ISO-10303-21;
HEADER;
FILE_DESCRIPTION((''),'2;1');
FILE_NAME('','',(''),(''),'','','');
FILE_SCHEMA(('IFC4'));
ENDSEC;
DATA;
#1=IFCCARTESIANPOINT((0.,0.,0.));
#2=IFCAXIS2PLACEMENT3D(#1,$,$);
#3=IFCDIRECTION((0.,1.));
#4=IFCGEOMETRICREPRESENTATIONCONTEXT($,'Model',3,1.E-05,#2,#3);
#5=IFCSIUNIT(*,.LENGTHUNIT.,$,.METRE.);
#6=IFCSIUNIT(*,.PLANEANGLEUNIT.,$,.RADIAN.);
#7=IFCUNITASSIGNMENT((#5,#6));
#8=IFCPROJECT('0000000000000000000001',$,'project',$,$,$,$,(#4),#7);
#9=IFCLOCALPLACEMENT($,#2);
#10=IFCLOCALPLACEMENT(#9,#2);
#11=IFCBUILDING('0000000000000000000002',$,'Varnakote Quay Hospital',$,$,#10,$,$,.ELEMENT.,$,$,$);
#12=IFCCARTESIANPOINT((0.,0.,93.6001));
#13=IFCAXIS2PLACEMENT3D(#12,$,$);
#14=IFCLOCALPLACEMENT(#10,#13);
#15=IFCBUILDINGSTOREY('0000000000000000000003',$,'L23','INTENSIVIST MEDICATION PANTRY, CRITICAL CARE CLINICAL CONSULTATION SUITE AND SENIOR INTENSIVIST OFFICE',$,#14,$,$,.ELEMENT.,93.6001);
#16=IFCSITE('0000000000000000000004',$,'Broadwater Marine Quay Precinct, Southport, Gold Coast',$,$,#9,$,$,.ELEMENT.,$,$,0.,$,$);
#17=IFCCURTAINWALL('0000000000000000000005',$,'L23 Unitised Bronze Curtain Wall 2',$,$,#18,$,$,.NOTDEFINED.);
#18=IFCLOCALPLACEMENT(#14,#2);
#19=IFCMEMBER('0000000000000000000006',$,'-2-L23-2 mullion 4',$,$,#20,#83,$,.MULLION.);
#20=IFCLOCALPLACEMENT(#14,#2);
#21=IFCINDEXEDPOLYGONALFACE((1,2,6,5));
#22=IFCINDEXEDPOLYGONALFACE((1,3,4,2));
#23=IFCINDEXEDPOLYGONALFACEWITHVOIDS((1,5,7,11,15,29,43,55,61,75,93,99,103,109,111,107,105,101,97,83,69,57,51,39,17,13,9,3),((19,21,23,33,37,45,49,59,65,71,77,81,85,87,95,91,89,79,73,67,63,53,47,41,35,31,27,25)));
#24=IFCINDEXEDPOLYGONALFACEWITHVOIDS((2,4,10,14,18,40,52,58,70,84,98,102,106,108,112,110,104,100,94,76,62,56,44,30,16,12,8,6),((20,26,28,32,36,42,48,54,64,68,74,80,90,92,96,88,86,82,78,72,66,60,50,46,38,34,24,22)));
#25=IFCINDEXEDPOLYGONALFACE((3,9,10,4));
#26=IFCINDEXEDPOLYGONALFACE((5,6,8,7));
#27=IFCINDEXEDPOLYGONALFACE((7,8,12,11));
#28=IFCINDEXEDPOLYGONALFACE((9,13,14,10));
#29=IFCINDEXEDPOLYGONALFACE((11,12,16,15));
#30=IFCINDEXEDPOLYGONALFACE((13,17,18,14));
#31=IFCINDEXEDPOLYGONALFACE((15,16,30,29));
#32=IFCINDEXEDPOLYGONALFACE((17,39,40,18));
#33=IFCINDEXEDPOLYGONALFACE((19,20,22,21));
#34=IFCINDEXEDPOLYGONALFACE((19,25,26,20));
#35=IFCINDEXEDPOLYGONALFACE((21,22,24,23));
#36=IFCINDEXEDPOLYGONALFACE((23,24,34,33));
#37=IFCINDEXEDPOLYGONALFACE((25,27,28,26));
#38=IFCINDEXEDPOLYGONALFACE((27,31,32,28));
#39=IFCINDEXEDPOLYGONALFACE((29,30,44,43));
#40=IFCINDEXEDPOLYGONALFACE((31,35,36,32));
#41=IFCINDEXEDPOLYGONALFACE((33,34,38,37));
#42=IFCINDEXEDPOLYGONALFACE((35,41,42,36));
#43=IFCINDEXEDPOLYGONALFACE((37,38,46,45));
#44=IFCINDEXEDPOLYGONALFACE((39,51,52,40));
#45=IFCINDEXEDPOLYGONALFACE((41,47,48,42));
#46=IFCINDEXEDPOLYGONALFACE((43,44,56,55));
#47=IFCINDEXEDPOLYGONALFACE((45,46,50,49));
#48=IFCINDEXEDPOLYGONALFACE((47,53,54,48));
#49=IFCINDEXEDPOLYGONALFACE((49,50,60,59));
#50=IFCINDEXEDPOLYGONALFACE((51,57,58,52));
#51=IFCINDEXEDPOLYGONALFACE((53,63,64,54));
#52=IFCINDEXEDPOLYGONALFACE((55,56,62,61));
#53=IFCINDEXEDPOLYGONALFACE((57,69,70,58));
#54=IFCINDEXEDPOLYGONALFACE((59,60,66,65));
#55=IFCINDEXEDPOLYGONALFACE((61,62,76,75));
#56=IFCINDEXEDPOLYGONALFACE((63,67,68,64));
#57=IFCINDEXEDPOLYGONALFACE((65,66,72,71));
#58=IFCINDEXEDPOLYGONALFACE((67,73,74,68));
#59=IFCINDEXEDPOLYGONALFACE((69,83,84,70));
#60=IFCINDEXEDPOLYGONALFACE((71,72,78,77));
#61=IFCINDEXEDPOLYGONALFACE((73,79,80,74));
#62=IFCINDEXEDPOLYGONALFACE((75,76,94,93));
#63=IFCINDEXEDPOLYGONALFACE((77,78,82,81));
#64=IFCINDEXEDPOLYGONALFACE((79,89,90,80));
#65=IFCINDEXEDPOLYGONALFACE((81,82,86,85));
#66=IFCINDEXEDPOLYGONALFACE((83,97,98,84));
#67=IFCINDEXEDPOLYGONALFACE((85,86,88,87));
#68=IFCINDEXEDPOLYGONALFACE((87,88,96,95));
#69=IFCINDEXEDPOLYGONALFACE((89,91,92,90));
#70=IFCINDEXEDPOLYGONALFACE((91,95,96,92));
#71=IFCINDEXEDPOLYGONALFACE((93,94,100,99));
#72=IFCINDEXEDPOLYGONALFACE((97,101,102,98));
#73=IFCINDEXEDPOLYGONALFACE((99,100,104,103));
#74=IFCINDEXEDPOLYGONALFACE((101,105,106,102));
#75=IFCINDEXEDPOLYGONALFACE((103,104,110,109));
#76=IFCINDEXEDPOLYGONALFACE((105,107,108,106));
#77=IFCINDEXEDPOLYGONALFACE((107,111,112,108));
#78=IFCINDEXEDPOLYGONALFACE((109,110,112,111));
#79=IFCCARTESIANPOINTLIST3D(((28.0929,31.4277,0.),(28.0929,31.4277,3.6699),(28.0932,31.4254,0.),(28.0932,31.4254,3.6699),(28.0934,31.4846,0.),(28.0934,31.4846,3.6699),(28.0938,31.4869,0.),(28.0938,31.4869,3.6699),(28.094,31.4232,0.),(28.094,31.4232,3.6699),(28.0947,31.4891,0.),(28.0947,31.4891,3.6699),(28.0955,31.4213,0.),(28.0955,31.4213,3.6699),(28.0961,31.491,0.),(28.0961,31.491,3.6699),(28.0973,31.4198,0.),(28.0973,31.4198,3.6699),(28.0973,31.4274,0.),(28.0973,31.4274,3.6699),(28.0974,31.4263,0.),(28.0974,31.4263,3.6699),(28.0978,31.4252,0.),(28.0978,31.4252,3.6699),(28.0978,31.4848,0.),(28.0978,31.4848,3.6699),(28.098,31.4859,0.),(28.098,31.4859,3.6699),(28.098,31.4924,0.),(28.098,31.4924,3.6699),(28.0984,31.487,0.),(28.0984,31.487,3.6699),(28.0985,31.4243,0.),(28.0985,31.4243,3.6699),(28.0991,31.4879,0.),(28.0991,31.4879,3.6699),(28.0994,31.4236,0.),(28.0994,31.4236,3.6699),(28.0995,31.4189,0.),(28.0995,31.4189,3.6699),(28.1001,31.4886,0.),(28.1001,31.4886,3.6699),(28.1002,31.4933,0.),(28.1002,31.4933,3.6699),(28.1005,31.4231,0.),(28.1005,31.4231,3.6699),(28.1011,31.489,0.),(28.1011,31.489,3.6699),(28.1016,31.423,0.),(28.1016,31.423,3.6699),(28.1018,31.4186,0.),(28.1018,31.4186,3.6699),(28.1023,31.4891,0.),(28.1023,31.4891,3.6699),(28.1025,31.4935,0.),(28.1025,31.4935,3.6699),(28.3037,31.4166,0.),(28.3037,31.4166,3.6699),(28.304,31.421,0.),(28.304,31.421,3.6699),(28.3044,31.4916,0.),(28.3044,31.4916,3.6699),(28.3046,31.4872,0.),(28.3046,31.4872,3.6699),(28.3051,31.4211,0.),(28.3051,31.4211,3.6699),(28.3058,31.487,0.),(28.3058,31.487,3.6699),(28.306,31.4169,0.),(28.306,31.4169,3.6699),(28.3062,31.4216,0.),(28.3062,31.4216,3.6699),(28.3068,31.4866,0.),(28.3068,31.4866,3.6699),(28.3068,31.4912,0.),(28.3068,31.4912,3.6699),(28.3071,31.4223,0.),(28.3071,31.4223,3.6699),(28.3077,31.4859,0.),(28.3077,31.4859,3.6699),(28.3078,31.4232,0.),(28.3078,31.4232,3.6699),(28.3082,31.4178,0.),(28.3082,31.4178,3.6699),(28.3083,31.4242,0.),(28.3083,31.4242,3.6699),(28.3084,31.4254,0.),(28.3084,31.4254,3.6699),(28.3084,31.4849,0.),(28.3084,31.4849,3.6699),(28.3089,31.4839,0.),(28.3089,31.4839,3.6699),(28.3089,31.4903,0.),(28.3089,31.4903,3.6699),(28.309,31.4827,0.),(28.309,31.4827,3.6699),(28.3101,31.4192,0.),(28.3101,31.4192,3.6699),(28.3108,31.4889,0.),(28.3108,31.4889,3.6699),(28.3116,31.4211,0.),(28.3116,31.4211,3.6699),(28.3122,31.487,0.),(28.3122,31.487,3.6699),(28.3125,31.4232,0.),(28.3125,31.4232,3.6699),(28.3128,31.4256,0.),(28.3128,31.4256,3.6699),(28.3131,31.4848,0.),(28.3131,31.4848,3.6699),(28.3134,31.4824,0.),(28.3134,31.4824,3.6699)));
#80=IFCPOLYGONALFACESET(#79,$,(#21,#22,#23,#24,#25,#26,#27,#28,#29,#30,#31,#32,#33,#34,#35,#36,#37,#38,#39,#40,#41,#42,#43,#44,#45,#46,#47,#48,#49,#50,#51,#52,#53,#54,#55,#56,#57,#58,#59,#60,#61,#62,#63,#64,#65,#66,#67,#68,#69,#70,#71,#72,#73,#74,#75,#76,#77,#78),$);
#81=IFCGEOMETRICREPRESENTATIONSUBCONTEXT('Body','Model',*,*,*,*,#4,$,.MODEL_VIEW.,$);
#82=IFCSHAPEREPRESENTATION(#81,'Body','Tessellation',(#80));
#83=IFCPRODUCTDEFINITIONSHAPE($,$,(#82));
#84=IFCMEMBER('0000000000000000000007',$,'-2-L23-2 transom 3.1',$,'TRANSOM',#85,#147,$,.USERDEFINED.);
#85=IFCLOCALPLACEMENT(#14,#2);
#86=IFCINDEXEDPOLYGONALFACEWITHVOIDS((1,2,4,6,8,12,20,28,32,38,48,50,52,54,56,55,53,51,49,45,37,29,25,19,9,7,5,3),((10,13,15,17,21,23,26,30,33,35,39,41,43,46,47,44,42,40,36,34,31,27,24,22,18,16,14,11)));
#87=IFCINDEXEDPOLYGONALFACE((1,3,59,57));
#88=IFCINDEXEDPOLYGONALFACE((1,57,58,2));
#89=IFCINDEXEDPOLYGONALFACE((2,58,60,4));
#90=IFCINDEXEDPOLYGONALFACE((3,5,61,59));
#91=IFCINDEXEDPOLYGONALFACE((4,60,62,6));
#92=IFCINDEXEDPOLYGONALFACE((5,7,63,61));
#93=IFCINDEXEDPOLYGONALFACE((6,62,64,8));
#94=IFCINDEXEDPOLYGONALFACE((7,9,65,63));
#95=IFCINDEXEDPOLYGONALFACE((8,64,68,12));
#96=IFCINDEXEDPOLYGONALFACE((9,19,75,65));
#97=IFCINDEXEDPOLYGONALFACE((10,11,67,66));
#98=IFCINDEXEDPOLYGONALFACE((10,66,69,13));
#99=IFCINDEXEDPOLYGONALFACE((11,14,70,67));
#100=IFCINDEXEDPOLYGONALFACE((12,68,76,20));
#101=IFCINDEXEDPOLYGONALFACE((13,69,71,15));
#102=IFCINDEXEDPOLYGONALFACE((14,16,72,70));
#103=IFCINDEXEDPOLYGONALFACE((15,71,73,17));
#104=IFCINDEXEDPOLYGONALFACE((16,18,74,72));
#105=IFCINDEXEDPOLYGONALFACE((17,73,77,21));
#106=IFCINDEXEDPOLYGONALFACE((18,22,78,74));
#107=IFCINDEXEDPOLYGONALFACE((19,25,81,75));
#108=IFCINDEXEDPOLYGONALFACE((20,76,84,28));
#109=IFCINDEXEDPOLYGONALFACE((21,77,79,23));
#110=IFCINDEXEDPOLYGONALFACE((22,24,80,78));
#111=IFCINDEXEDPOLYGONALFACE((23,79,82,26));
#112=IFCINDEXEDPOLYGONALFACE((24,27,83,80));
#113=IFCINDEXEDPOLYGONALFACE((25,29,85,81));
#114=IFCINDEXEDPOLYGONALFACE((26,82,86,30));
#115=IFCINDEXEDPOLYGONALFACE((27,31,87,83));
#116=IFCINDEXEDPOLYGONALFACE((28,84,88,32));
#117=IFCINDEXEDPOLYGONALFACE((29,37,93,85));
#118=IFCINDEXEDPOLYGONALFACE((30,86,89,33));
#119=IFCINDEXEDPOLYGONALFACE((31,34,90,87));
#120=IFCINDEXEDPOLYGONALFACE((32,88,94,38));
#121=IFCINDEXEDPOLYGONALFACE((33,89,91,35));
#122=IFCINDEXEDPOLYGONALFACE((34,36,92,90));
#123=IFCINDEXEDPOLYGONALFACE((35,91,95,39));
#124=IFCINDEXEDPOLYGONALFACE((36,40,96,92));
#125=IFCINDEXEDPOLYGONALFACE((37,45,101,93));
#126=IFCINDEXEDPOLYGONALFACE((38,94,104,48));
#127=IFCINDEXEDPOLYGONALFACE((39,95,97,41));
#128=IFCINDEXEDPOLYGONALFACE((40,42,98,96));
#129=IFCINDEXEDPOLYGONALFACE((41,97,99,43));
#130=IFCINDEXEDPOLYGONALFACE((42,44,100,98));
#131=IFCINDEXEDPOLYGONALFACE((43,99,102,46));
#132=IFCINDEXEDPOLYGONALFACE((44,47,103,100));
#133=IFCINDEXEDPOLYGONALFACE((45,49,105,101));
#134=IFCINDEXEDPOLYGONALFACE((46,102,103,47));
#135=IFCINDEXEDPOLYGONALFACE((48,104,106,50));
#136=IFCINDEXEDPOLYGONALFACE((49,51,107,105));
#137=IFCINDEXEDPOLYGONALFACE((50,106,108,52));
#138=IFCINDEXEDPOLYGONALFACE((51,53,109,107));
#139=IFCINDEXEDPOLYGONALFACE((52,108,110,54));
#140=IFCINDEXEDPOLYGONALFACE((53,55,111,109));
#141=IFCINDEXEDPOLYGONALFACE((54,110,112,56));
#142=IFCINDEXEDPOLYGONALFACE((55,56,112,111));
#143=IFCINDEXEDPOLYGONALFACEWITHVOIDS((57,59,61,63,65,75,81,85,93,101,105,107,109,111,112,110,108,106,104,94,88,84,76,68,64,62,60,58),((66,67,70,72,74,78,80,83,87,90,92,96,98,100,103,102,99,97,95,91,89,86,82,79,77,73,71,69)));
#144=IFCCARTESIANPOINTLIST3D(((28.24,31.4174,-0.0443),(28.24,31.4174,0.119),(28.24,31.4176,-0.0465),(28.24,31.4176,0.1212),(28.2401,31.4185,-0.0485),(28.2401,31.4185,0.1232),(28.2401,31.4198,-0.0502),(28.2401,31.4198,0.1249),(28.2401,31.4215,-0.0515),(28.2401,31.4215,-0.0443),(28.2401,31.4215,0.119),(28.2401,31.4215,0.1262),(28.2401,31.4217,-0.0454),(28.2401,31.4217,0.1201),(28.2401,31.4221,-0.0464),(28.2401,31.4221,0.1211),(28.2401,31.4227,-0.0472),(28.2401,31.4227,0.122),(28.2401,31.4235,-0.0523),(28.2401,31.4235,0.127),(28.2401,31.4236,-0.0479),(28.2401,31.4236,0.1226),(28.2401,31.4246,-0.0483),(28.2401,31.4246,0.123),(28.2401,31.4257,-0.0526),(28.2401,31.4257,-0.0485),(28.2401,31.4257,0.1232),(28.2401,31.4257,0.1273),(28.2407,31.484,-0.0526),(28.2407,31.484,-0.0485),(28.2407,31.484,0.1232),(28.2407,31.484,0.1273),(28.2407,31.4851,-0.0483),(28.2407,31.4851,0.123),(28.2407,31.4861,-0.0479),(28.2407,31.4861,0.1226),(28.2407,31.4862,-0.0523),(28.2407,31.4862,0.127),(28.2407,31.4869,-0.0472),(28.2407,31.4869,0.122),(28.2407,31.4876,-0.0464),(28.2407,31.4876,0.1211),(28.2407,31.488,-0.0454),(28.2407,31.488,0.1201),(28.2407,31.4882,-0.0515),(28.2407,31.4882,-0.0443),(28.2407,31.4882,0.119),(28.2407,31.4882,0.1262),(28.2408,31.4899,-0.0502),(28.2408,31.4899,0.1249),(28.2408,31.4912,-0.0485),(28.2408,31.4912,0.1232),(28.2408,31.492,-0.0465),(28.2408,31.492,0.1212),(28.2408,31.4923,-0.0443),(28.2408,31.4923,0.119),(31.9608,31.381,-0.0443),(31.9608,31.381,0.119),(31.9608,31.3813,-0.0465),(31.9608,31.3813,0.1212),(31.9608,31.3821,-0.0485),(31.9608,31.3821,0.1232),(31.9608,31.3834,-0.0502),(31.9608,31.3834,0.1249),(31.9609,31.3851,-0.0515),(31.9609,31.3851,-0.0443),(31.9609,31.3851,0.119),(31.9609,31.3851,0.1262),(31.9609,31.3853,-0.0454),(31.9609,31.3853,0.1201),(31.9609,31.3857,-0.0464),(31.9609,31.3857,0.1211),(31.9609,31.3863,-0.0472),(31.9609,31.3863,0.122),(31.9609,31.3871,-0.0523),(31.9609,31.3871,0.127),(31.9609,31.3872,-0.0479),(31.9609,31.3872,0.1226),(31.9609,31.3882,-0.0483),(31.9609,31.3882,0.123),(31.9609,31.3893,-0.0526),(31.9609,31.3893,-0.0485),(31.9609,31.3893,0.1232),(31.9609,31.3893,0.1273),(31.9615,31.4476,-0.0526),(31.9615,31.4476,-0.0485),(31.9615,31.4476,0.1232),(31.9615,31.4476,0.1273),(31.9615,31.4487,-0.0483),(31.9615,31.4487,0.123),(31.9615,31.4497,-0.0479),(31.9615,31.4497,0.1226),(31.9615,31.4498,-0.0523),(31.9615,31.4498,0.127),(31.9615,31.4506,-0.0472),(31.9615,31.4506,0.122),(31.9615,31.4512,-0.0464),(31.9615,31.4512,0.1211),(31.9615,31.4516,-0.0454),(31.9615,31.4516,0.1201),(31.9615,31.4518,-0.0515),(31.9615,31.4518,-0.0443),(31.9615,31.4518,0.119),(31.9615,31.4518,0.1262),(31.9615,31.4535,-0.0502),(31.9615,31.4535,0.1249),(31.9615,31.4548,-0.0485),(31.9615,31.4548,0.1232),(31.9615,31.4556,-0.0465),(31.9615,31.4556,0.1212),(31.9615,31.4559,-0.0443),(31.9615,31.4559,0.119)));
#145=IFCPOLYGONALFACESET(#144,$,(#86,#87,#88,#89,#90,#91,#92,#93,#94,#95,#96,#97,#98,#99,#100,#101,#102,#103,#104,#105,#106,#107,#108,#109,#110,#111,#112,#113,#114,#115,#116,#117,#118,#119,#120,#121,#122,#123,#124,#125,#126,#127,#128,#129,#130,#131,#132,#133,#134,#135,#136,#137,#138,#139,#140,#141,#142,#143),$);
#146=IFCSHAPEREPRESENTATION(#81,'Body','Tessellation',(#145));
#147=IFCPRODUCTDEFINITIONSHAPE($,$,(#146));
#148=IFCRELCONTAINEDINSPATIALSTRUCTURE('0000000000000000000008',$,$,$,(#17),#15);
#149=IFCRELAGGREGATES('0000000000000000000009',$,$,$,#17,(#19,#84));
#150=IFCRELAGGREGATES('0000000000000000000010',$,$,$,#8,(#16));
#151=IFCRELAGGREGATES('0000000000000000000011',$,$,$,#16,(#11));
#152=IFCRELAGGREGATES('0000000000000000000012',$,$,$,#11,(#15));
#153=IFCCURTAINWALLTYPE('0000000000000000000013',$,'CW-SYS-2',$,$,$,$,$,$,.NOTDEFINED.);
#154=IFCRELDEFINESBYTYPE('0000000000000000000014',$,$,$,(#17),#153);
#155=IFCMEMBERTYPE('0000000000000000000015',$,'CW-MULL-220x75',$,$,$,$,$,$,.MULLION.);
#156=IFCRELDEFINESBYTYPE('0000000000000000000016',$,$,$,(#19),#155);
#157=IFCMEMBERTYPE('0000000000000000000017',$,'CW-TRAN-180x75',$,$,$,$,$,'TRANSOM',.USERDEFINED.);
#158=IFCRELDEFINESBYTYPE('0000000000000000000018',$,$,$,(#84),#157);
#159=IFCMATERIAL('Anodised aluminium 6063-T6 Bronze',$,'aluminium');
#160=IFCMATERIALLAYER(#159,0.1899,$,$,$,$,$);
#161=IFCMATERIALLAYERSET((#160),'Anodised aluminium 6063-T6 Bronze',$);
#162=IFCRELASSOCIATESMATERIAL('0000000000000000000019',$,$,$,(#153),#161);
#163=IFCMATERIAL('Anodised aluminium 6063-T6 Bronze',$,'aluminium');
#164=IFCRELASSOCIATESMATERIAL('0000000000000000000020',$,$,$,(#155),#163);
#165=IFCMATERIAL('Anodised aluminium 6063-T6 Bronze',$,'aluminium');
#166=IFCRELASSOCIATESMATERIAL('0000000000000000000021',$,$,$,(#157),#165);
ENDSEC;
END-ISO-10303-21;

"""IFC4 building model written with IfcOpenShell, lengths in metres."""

from ifc_helpers import new_model, si_unit, direction, frame, origin, origin_2d, place, context, subcontext, project, spatial, hollow_rectangle, extrude, material, layer, layer_set, material_profile, profile_set, type_object, element, aggregate, save


model = new_model("IFC4")

# Units and contexts
model_context = context("Model", 3, precision=1e-05, world=origin(), true_north=direction((0.0, 1.0)))
body_context = subcontext(model_context, "Body", "Model", "MODEL_VIEW")
ifc_project = project(units=[si_unit("LENGTHUNIT", "METRE"), si_unit("PLANEANGLEUNIT", "RADIAN")], contexts=[model_context])

# Site, building, storey
site_placement = place(None, origin())
site = spatial("IfcSite", under=ifc_project, at=site_placement, Name="Broadwater Marine Quay Precinct, Southport, Gold Coast", CompositionType="ELEMENT", RefElevation=0.0)
building_placement = place(site_placement, origin())
building = spatial("IfcBuilding", under=site, at=building_placement, Name="Varnakote Quay Hospital", CompositionType="ELEMENT")
storey_placement = place(building_placement, frame((0.0, 0.0, 93.6001)))
storey = spatial("IfcBuildingStorey", under=building, at=storey_placement, Name="L23", Description="INTENSIVIST MEDICATION PANTRY, CRITICAL CARE CLINICAL CONSULTATION SUITE AND SENIOR INTENSIVIST OFFICE", CompositionType="ELEMENT", Elevation=93.6001)

# Curtain wall, members
ifc_material_1 = material(Name="Anodised aluminium 6063-T6 Bronze", Category="aluminium")
ifc_layer_1 = layer(ifc_material_1, 0.1899)
ifc_layer_set_1 = layer_set([ifc_layer_1], Name="Anodised aluminium 6063-T6 Bronze")
curtain_wall_type = type_object("IfcCurtainWallType", Name="CW-SYS-2", PredefinedType="NOTDEFINED", material=ifc_layer_set_1)
curtain_wall_placement = place(storey_placement, origin())
curtain_wall = element("IfcCurtainWall", 1, at=curtain_wall_placement, inside=storey, type_object=curtain_wall_type, Name="L23 Unitised Bronze Curtain Wall 2", PredefinedType="NOTDEFINED")
ifc_material_2 = material(Name="Anodised aluminium 6063-T6 Bronze", Category="aluminium")
ifc_material_profile_1 = material_profile(ifc_material_2, hollow_rectangle(XDim=0.075, YDim=0.22, WallThickness=0.0044, InnerFilletRadius=0.0044, OuterFilletRadius=0.009, at=origin_2d()), Name="CW-MULL-220x75")
ifc_profile_set_1 = profile_set([ifc_material_profile_1], Name="Anodised aluminium 6063-T6 Bronze")
member_type_1 = type_object("IfcMemberType", Name="CW-MULL-220x75", PredefinedType="MULLION", material=ifc_profile_set_1)
member_1_placement = place(storey_placement, frame((28.2031, 31.4551, 0.0), z_axis=(0.0, 0.0, 1.0), x_axis=(-0.009774, -0.999952, 0.0)))
member_1 = element("IfcMember", 2, at=member_1_placement, type_object=member_type_1, Name="-2-L23-2 mullion 4", PredefinedType="MULLION", context=body_context, shape_type="SweptSolid", body=[
    extrude(hollow_rectangle(XDim=0.075, YDim=0.22, WallThickness=0.0044, InnerFilletRadius=0.0044, OuterFilletRadius=0.009, at=origin_2d()), origin(), (0.0, 0.0, 1.0), 3.6699),
])
ifc_material_3 = material(Name="Anodised aluminium 6063-T6 Bronze", Category="aluminium")
ifc_material_profile_2 = material_profile(ifc_material_3, hollow_rectangle(XDim=0.075, YDim=0.1799, WallThickness=0.0042, InnerFilletRadius=0.0042, OuterFilletRadius=0.0083, at=origin_2d()), Name="CW-TRAN-180x75")
ifc_profile_set_2 = profile_set([ifc_material_profile_2], Name="Anodised aluminium 6063-T6 Bronze")
member_type_2 = type_object("IfcMemberType", Name="CW-TRAN-180x75", ElementType="TRANSOM", PredefinedType="USERDEFINED", material=ifc_profile_set_2)
member_2_placement = place(storey_placement, frame((31.9612, 31.4185, 0.0374), z_axis=(-0.999952, 0.009776, 0.0), x_axis=(-0.009776, -0.999952, 0.0)))
member_2 = element("IfcMember", 3, at=member_2_placement, type_object=member_type_2, Name="-2-L23-2 transom 3.1", ObjectType="TRANSOM", PredefinedType="USERDEFINED", context=body_context, shape_type="SweptSolid", body=[
    extrude(hollow_rectangle(XDim=0.075, YDim=0.1799, WallThickness=0.0042, InnerFilletRadius=0.0042, OuterFilletRadius=0.0083, at=origin_2d()), origin(), (0.0, 0.0, 1.0), 3.7209),
])

aggregate(curtain_wall, [member_1, member_2])

save(model, "model.ifc")
